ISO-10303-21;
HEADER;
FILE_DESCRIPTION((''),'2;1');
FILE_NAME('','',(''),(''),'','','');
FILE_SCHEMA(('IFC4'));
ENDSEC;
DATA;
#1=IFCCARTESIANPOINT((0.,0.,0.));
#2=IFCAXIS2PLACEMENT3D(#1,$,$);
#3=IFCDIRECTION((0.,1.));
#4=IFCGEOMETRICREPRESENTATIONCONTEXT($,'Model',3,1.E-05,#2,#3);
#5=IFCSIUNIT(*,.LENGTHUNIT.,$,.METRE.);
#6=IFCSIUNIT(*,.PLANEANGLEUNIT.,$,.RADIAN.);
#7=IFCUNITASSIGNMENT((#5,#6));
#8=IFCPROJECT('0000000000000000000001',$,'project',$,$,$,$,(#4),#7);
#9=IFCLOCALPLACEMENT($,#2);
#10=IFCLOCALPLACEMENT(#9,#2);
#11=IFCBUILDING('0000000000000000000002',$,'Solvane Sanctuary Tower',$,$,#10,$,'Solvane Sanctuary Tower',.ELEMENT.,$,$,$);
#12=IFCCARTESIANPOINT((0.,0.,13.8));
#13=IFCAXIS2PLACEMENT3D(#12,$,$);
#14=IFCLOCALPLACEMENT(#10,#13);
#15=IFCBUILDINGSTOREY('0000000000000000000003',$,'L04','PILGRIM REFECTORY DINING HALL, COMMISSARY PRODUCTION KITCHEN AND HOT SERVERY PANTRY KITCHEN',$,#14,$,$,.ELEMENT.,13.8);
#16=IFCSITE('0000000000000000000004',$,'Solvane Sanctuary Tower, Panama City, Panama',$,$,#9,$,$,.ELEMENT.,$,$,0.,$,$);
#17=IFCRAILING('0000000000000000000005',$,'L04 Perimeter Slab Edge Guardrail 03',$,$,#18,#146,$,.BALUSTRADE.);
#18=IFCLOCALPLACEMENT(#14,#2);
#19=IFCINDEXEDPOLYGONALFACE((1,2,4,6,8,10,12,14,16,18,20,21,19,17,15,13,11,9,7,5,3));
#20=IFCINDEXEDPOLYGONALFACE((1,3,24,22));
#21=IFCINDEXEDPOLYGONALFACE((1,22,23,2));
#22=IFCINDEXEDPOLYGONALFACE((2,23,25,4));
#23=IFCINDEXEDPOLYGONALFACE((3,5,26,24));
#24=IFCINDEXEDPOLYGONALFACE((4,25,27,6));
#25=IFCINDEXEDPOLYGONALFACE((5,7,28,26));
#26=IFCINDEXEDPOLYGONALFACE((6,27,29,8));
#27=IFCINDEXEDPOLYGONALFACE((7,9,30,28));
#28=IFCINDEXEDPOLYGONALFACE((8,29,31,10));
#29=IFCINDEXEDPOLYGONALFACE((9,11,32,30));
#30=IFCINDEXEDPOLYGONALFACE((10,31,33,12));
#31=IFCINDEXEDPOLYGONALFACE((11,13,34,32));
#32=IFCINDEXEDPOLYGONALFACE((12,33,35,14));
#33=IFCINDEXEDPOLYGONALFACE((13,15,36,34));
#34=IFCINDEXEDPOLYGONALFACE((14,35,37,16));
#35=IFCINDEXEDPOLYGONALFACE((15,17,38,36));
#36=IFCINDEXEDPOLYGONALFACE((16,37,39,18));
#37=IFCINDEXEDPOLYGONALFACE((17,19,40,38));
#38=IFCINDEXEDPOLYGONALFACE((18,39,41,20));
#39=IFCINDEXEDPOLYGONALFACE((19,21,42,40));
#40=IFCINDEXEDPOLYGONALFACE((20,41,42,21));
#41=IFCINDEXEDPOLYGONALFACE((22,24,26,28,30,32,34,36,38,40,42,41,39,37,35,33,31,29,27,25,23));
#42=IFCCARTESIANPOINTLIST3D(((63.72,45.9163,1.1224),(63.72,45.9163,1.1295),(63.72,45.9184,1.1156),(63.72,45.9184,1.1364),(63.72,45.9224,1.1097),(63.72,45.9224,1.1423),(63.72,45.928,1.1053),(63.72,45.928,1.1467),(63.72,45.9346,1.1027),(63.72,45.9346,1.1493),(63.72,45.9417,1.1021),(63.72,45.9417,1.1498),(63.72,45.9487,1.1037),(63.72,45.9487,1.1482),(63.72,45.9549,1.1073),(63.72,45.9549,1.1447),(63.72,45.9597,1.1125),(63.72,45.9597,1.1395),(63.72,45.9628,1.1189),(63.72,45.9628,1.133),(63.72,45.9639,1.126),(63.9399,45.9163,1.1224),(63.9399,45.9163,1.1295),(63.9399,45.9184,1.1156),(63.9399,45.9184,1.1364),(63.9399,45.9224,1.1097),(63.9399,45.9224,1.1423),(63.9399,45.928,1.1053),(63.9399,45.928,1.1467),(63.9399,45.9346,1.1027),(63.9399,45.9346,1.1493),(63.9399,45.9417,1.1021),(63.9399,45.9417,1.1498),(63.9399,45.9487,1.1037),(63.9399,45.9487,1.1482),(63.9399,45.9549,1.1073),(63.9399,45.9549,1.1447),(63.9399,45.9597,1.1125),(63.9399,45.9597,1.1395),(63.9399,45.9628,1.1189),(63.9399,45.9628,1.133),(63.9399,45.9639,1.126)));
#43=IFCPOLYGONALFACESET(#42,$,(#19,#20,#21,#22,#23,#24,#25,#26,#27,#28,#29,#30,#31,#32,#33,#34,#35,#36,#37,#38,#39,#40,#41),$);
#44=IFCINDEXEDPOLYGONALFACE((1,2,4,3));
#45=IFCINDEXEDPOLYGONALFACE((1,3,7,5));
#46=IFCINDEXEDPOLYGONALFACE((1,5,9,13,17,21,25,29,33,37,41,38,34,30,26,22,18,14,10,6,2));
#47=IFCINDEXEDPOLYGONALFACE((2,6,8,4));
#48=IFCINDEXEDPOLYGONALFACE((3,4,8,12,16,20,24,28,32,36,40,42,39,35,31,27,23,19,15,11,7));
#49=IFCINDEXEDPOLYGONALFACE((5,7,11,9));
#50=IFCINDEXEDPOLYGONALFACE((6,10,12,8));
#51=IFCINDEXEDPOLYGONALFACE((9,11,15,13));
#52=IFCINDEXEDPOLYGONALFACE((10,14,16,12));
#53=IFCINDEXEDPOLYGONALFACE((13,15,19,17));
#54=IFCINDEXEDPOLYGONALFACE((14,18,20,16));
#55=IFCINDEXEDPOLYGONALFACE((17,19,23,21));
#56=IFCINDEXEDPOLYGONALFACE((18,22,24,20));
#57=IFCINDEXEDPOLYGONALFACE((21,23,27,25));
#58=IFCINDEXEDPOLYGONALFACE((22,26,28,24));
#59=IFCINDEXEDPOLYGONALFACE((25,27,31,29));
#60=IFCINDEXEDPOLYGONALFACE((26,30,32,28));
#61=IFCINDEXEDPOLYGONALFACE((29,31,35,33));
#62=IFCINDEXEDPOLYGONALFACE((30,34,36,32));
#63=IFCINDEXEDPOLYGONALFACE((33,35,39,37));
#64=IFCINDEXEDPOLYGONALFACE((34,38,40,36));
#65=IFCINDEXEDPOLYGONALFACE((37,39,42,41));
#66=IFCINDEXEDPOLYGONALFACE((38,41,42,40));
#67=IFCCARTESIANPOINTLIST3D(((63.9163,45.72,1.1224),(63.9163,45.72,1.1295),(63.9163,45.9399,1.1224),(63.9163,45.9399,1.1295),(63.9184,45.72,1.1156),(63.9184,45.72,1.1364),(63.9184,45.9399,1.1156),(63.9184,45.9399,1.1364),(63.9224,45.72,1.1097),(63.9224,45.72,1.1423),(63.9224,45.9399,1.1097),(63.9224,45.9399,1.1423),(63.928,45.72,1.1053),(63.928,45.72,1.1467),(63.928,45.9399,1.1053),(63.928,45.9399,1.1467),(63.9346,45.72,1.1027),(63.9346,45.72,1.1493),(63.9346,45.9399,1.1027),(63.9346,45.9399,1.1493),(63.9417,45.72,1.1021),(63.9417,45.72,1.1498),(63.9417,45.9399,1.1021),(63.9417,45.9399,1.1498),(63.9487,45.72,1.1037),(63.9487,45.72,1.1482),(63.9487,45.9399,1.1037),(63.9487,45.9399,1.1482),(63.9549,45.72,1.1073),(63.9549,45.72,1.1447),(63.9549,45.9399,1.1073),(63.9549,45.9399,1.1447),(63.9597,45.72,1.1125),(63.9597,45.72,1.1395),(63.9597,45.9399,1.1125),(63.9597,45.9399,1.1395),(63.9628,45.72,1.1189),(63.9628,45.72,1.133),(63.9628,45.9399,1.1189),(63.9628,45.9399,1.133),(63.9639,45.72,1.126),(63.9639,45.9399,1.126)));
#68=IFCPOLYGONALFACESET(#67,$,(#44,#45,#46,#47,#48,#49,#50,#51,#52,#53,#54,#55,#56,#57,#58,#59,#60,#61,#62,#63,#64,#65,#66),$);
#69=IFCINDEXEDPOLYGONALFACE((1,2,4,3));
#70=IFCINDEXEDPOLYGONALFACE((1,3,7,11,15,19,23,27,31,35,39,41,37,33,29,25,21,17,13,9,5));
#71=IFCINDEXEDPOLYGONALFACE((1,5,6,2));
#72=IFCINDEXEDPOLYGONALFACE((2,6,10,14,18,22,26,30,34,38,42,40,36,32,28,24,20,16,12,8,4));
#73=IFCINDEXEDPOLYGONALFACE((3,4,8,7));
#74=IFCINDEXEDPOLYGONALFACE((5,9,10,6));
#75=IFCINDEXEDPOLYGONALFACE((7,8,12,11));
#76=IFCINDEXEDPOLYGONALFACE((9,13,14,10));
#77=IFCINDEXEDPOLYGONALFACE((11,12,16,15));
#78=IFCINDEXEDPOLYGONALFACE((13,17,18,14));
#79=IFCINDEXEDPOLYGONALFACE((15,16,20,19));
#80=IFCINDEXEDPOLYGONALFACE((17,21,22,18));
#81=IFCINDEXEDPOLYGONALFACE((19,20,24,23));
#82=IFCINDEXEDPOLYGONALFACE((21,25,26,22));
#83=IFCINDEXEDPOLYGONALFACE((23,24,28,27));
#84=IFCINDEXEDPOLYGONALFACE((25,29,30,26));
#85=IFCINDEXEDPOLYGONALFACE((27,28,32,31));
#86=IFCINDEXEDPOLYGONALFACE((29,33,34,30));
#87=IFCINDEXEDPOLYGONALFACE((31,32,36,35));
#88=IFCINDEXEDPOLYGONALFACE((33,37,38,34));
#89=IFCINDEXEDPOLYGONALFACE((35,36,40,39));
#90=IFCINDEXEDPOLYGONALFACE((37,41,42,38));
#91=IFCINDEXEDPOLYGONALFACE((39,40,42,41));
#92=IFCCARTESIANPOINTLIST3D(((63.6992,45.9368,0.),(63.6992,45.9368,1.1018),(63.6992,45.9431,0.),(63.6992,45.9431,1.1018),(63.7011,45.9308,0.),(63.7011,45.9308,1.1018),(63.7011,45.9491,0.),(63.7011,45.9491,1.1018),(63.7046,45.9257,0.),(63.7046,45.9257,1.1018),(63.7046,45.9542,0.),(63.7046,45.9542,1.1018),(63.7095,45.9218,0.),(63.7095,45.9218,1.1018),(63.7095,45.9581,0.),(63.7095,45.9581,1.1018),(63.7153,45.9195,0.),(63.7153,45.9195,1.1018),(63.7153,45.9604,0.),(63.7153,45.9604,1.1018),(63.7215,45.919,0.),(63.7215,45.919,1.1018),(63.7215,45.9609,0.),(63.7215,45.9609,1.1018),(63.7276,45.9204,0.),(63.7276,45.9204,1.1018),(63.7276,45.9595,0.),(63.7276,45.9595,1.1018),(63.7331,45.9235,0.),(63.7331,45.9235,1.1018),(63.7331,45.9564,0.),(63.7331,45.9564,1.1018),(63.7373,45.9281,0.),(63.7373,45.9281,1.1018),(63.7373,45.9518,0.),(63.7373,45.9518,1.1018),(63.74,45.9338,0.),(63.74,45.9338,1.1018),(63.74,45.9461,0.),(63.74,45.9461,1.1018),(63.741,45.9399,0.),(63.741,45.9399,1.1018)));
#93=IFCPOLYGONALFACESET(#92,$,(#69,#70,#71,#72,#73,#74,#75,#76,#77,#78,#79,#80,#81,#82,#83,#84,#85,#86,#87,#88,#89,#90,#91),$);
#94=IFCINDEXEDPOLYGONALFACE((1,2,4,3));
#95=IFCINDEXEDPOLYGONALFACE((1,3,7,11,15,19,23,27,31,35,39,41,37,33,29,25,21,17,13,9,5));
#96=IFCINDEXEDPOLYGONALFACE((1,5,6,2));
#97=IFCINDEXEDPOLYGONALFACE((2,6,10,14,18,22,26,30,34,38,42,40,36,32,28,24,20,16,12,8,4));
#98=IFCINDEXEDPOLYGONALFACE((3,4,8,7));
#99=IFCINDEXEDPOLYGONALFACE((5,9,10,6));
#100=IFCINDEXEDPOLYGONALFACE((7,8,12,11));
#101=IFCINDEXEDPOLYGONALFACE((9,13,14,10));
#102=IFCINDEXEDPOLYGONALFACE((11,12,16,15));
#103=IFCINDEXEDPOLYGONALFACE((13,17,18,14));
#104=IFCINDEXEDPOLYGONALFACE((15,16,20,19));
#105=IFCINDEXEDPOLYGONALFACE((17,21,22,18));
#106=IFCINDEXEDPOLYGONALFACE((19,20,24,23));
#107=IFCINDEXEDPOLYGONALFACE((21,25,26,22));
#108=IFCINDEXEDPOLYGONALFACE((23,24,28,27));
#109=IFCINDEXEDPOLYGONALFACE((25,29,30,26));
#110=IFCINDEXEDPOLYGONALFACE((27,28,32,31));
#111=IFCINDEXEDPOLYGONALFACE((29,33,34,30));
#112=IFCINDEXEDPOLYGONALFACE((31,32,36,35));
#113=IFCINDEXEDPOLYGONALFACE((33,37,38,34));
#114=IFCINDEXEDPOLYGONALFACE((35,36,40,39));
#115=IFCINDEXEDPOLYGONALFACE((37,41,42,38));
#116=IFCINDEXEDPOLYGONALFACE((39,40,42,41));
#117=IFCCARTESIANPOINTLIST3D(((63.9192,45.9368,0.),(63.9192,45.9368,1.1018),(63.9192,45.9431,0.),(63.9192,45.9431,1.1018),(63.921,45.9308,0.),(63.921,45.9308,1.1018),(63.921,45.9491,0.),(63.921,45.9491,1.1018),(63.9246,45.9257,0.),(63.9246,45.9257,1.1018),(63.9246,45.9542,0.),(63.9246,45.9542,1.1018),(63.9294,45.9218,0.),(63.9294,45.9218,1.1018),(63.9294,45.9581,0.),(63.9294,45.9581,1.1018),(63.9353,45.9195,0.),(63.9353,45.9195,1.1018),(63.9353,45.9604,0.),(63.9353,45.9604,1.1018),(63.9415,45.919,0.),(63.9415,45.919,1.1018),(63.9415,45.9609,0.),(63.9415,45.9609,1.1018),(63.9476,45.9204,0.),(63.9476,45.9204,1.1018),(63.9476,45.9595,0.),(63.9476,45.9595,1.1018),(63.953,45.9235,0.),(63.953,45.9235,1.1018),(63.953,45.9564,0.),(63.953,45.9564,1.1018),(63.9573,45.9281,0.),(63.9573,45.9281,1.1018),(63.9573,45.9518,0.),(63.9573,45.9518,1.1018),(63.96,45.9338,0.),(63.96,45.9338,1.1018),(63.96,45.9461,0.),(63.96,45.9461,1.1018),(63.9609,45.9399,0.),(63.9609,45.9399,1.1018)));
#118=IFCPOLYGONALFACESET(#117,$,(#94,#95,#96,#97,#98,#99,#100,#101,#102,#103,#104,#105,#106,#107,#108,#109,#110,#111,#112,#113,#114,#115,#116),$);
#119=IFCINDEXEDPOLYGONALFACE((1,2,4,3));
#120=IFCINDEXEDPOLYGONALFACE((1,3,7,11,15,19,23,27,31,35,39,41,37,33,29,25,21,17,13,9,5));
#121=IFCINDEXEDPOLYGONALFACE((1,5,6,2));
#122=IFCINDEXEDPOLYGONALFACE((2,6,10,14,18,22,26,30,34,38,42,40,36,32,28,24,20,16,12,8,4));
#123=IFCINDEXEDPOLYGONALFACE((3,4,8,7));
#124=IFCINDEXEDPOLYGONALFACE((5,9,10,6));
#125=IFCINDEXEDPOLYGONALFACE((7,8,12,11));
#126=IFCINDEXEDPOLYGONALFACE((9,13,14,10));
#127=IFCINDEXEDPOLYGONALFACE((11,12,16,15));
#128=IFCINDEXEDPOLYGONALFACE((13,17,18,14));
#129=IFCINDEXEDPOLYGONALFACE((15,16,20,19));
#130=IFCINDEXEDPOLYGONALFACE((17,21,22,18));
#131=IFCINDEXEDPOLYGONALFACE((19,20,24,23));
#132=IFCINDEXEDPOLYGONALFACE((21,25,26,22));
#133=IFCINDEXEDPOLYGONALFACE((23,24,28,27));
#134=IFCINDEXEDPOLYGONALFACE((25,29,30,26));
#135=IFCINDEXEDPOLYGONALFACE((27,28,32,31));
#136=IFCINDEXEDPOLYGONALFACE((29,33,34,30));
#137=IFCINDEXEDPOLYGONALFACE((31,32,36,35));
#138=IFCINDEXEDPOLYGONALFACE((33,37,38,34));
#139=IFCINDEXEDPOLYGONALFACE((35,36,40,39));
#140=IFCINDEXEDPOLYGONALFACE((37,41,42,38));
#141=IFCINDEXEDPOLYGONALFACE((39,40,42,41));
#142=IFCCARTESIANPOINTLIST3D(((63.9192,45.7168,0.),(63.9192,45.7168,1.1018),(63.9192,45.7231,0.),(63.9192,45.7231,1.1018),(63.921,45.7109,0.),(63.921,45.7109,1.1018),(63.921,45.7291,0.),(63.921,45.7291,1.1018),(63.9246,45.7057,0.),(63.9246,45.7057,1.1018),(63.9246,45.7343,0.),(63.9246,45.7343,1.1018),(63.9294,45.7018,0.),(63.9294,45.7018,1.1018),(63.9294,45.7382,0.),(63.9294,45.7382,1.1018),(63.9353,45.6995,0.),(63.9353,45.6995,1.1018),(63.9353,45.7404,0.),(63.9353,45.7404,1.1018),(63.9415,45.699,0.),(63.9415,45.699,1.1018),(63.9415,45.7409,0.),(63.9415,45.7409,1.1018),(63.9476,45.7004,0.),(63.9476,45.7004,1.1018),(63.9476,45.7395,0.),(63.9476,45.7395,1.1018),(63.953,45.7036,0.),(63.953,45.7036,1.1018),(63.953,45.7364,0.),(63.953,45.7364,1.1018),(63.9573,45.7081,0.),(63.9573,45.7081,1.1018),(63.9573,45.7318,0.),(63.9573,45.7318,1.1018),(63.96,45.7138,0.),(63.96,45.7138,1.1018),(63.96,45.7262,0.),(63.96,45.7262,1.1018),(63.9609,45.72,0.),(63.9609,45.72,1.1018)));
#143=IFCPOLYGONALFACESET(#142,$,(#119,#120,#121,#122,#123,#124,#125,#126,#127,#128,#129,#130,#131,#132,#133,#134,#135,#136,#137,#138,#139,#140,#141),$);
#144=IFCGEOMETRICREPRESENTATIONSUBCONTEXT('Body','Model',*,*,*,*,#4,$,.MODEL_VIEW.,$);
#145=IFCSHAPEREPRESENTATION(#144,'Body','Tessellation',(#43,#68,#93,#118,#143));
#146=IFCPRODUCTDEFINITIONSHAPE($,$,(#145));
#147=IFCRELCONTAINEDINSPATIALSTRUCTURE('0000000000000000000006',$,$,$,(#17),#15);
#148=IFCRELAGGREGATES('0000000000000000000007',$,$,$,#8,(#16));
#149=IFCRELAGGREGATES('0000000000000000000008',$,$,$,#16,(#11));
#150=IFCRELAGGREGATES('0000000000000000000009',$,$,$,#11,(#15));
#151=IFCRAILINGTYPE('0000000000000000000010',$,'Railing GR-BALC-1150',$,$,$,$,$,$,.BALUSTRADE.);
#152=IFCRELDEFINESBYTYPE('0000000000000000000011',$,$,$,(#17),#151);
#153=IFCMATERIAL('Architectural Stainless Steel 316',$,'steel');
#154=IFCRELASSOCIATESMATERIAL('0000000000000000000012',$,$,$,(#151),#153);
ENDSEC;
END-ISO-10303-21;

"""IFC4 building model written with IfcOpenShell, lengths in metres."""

from ifc_helpers import new_model, si_unit, direction, frame, origin, origin_2d, place, context, subcontext, project, spatial, circle, extrude, material, type_object, element, save


model = new_model("IFC4")

# Units and contexts
model_context = context("Model", 3, precision=1e-05, world=origin(), true_north=direction((0.0, 1.0)))
body_context = subcontext(model_context, "Body", "Model", "MODEL_VIEW")
ifc_project = project(units=[si_unit("LENGTHUNIT", "METRE"), si_unit("PLANEANGLEUNIT", "RADIAN")], contexts=[model_context])

# Site, building, storey
site_placement = place(None, origin())
site = spatial("IfcSite", under=ifc_project, at=site_placement, Name="Solvane Sanctuary Tower, Panama City, Panama", CompositionType="ELEMENT", RefElevation=0.0)
building_placement = place(site_placement, origin())
building = spatial("IfcBuilding", under=site, at=building_placement, Name="Solvane Sanctuary Tower", LongName="Solvane Sanctuary Tower", CompositionType="ELEMENT")
storey_placement = place(building_placement, frame((0.0, 0.0, 13.8)))
storey = spatial("IfcBuildingStorey", under=building, at=storey_placement, Name="L04", Description="PILGRIM REFECTORY DINING HALL, COMMISSARY PRODUCTION KITCHEN AND HOT SERVERY PANTRY KITCHEN", CompositionType="ELEMENT", Elevation=13.8)

# Railing
ifc_material_1 = material(Name="Architectural Stainless Steel 316", Category="steel")
railing_type = type_object("IfcRailingType", Name="Railing GR-BALC-1150", PredefinedType="BALUSTRADE", material=ifc_material_1)
railing_1_placement = place(storey_placement, frame((63.72, 45.9399, 0.0)))
element("IfcRailing", 1, at=railing_1_placement, inside=storey, type_object=railing_type, Name="L04 Perimeter Slab Edge Guardrail 03", PredefinedType="BALUSTRADE", context=body_context, shape_type="SweptSolid", body=[
    extrude(circle(Radius=0.0239, at=origin_2d()), frame((0.0, 0.0, 1.126), z_axis=(1.0, 0.0, 0.0), x_axis=(0.0, 1.0, 0.0)), (0.0, 0.0, 1.0), 0.22),
    extrude(circle(Radius=0.0239, at=origin_2d()), frame((0.22, 0.0, 1.126), z_axis=(0.0, -1.0, 0.0), x_axis=(1.0, 0.0, 0.0)), (0.0, 0.0, 1.0), 0.22),
    extrude(circle(Radius=0.021, at=origin_2d()), origin(), (0.0, 0.0, 1.0), 1.1018),
    extrude(circle(Radius=0.021, at=origin_2d()), frame((0.22, 0.0, 0.0)), (0.0, 0.0, 1.0), 1.1018),
    extrude(circle(Radius=0.021, at=origin_2d()), frame((0.22, -0.22, 0.0)), (0.0, 0.0, 1.0), 1.1018),
])

save(model, "model.ifc")
